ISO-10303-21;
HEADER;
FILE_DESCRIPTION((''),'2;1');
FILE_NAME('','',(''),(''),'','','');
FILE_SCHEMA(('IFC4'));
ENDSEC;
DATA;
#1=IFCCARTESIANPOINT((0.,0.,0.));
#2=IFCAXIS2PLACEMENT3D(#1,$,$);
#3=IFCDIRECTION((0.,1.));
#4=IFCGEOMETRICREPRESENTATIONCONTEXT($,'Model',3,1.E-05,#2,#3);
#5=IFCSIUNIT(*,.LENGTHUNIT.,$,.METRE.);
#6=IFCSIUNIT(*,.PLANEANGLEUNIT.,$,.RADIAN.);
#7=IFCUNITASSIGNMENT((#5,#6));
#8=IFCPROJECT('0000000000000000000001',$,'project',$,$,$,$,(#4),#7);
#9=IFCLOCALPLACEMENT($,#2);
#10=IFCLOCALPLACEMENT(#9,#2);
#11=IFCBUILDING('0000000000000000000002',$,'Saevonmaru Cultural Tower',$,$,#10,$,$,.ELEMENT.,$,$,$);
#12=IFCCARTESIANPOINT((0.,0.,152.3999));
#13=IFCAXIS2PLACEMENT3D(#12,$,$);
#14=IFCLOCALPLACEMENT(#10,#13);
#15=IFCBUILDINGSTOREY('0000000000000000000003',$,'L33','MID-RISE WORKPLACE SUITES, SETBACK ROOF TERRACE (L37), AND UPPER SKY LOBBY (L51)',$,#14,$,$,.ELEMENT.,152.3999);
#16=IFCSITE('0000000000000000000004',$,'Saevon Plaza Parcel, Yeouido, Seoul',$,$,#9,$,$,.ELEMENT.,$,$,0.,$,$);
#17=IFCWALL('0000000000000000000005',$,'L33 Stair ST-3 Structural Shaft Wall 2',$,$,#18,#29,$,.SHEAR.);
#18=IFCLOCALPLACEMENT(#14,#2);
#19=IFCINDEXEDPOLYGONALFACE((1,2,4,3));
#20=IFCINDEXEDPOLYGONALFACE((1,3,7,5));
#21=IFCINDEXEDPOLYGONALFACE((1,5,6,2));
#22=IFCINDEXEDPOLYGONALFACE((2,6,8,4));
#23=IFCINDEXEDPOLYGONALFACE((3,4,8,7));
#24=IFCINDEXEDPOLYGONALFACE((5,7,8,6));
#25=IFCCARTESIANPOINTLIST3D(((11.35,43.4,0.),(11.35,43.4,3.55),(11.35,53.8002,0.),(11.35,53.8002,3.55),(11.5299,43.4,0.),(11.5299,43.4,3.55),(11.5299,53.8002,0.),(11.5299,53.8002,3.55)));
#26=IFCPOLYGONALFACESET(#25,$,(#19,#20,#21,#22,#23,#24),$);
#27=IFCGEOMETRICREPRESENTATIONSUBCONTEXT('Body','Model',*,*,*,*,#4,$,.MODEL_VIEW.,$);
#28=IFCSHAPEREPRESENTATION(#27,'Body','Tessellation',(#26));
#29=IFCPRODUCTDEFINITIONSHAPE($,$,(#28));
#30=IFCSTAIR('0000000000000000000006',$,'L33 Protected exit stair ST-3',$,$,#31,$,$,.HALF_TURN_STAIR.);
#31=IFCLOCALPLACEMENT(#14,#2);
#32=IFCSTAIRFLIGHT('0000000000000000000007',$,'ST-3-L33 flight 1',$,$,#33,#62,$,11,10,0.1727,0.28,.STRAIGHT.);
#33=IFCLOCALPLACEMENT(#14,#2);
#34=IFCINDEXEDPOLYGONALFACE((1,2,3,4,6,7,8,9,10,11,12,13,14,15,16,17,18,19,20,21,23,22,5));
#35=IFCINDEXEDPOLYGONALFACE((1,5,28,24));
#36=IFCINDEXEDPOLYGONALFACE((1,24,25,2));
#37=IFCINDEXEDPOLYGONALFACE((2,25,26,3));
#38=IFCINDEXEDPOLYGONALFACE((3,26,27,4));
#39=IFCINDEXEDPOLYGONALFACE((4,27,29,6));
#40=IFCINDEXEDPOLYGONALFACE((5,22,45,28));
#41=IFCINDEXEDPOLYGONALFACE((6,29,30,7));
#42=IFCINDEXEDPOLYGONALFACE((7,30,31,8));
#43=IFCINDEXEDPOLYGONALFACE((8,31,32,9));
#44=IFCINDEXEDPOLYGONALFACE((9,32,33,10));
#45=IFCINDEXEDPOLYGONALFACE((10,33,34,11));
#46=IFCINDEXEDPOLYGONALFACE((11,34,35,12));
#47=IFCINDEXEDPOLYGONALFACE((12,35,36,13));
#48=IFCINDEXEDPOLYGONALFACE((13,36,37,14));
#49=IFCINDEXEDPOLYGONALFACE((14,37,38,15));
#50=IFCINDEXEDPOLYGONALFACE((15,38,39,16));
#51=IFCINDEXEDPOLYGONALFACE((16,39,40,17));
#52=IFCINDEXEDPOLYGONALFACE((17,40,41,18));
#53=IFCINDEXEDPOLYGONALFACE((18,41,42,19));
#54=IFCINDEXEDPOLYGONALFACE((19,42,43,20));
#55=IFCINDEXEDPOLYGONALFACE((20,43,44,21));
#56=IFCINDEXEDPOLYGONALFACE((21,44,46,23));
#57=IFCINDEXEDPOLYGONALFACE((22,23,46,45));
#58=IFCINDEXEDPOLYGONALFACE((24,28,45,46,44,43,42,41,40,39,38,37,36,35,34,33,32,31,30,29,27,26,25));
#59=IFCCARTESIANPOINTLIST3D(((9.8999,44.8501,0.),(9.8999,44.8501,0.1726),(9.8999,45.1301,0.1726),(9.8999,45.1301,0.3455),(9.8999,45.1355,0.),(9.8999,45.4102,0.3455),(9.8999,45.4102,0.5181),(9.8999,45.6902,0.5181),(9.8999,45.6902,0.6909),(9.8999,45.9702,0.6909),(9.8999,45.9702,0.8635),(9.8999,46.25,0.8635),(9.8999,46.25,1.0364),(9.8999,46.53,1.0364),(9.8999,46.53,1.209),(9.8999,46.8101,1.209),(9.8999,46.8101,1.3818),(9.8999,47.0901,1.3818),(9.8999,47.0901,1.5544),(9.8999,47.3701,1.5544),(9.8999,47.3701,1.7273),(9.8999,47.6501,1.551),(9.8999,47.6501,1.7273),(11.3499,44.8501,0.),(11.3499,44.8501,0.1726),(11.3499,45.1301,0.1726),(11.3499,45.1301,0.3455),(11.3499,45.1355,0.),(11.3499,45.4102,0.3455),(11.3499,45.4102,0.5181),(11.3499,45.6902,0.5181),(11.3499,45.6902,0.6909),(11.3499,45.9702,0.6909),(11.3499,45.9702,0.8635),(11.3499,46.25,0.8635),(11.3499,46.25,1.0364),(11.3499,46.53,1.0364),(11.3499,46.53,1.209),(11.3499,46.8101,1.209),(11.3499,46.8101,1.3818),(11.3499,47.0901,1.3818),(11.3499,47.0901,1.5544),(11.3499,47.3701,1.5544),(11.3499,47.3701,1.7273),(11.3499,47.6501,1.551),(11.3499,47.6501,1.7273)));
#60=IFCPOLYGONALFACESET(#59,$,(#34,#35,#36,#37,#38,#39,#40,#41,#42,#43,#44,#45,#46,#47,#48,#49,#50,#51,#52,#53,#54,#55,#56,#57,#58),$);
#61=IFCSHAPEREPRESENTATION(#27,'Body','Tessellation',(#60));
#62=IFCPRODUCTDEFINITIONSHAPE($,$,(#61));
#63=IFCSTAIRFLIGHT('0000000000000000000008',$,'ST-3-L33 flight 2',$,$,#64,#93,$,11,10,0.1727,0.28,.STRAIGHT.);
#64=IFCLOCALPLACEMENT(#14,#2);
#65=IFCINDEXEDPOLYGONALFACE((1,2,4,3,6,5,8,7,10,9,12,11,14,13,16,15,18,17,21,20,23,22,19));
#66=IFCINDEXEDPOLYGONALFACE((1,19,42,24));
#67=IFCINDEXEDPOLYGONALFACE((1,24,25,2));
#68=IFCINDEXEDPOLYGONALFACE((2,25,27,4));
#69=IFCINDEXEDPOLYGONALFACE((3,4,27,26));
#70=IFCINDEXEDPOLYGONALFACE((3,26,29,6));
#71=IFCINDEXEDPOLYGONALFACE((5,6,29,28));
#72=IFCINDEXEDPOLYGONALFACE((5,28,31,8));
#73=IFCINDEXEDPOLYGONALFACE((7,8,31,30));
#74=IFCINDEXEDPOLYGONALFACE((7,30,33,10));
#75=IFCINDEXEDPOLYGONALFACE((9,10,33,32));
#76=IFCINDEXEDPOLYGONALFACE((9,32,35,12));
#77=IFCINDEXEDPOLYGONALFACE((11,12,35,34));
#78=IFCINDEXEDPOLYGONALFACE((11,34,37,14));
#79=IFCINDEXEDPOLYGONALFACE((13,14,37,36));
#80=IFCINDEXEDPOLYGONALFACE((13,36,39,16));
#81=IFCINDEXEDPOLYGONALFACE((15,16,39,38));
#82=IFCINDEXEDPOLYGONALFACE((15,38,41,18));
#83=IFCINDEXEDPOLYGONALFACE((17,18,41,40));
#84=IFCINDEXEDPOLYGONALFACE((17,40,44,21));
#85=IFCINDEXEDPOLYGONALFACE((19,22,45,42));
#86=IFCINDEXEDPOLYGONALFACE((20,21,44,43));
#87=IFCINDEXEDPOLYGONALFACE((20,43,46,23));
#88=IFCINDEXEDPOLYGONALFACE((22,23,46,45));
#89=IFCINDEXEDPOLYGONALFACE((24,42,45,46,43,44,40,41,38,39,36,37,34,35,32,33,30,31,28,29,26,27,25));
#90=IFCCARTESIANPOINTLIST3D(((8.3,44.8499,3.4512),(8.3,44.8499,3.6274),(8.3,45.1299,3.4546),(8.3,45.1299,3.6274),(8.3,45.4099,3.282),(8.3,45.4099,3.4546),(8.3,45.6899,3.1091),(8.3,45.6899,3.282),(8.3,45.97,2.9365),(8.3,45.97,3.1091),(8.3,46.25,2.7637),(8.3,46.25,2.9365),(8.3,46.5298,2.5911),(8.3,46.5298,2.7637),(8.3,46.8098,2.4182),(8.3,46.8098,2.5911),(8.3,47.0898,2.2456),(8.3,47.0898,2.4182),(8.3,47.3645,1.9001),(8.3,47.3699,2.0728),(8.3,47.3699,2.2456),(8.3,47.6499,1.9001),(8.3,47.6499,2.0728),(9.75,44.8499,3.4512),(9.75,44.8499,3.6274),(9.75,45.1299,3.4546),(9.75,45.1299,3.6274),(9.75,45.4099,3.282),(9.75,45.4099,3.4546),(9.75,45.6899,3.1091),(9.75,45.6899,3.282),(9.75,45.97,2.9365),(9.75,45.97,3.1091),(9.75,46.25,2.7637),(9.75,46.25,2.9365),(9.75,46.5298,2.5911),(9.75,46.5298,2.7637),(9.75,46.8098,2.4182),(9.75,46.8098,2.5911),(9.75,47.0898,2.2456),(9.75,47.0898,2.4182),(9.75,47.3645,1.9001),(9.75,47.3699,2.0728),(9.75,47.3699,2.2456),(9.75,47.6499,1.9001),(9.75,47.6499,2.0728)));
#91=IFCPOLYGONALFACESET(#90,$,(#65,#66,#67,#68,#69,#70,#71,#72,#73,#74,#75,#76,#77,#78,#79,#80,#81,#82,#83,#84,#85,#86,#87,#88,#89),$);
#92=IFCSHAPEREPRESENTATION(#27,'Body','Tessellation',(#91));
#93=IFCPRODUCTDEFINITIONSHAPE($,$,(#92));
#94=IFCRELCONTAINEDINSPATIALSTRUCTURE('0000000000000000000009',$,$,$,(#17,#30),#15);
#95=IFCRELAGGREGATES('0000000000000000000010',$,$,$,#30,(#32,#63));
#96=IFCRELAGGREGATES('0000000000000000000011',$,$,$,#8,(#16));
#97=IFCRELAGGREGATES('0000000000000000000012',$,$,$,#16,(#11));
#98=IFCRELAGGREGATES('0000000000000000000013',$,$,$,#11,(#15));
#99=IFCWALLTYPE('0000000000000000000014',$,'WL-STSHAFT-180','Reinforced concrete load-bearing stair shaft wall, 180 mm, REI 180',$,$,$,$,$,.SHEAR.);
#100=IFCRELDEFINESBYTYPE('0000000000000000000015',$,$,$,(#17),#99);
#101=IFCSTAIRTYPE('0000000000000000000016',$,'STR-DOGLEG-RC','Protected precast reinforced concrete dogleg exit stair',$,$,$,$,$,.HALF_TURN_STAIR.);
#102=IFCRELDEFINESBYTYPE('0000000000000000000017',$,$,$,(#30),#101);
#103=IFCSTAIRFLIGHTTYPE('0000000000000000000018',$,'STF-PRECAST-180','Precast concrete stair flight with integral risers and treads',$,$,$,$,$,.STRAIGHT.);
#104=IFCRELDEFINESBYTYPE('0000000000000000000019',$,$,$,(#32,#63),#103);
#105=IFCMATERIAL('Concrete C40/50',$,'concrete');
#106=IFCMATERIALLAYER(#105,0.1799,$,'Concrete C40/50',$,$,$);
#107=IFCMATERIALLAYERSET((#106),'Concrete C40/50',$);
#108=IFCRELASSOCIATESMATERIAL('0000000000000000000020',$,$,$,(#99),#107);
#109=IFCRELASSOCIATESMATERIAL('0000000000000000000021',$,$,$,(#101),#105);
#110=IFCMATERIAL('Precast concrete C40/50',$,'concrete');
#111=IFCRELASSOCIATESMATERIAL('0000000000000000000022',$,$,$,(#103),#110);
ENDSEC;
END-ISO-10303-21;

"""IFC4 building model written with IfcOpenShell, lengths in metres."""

from ifc_helpers import new_model, si_unit, direction, frame, frame_2d, origin, place, context, subcontext, project, spatial, polyline, rectangle, outline, extrude, material, layer, layer_set, type_object, element, aggregate, save


model = new_model("IFC4")

# Units and contexts
model_context = context("Model", 3, precision=1e-05, world=origin(), true_north=direction((0.0, 1.0)))
body_context = subcontext(model_context, "Body", "Model", "MODEL_VIEW")
ifc_project = project(units=[si_unit("LENGTHUNIT", "METRE"), si_unit("PLANEANGLEUNIT", "RADIAN")], contexts=[model_context])

# Site, building, storey
site_placement = place(None, origin())
site = spatial("IfcSite", under=ifc_project, at=site_placement, Name="Saevon Plaza Parcel, Yeouido, Seoul", CompositionType="ELEMENT", RefElevation=0.0)
building_placement = place(site_placement, origin())
building = spatial("IfcBuilding", under=site, at=building_placement, Name="Saevonmaru Cultural Tower", CompositionType="ELEMENT")
storey_placement = place(building_placement, frame((0.0, 0.0, 152.3999)))
storey = spatial("IfcBuildingStorey", under=building, at=storey_placement, Name="L33", Description="MID-RISE WORKPLACE SUITES, SETBACK ROOF TERRACE (L37), AND UPPER SKY LOBBY (L51)", CompositionType="ELEMENT", Elevation=152.3999)

# Shared definitions
ifc_material_1 = material(Name="Concrete C40/50", Category="concrete")
ifc_layer_1 = layer(ifc_material_1, 0.1799, Name="Concrete C40/50")
ifc_layer_set_1 = layer_set([ifc_layer_1], Name="Concrete C40/50")
wall_type_1 = type_object("IfcWallType", Name="WL-STSHAFT-180", Description="Reinforced concrete load-bearing stair shaft wall, 180 mm, REI 180", PredefinedType="SHEAR", material=ifc_layer_set_1)

# Wall
wall_1_placement = place(storey_placement, frame((11.4399, 43.3999, 0.0), z_axis=(0.0, 0.0, 1.0), x_axis=(0.0, 1.0, 0.0)))
element("IfcWall", 1, at=wall_1_placement, inside=storey, type_object=wall_type_1, Name="L33 Stair ST-3 Structural Shaft Wall 2", PredefinedType="SHEAR", context=body_context, shape_type="SweptSolid", body=[
    extrude(rectangle(XDim=10.4001, YDim=0.1799, at=frame_2d((5.2002, 0.0))), origin(), (0.0, 0.0, 1.0), 3.55),
])

# Stair, stair flights
stair_type = type_object("IfcStairType", Name="STR-DOGLEG-RC", Description="Protected precast reinforced concrete dogleg exit stair", PredefinedType="HALF_TURN_STAIR", material=ifc_material_1)
stair_placement = place(storey_placement, origin())
stair = element("IfcStair", 2, at=stair_placement, inside=storey, type_object=stair_type, Name="L33 Protected exit stair ST-3", PredefinedType="HALF_TURN_STAIR")
ifc_material_2 = material(Name="Precast concrete C40/50", Category="concrete")
stair_flight_type = type_object("IfcStairFlightType", Name="STF-PRECAST-180", Description="Precast concrete stair flight with integral risers and treads", PredefinedType="STRAIGHT", material=ifc_material_2)
stair_flight_1_placement = place(storey_placement, frame((10.625, 44.8501, 0.0), z_axis=(0.0, 0.0, 1.0), x_axis=(0.0, 1.0, 0.0)))
stair_flight_1 = element("IfcStairFlight", 3, at=stair_flight_1_placement, type_object=stair_flight_type, Name="ST-3-L33 flight 1", NumberOfRisers=11, NumberOfTreads=10, PredefinedType="STRAIGHT", RiserHeight=0.1727, TreadLength=0.28, context=body_context, shape_type="SweptSolid", body=[
    extrude(outline(polyline([(0.0, 0.0), (0.0, 0.1726), (0.28, 0.1726), (0.28, 0.3455), (0.5601, 0.3455), (0.5601, 0.5181), (0.8401, 0.5181), (0.8401, 0.6909), (1.1201, 0.6909), (1.1201, 0.8635), (1.3999, 0.8635), (1.3999, 1.0364), (1.6799, 1.0364), (1.6799, 1.209), (1.96, 1.209), (1.96, 1.3818), (2.24, 1.3818), (2.24, 1.5544), (2.52, 1.5544), (2.52, 1.7273), (2.8, 1.7273), (2.8, 1.8999), (2.8, 1.551), (0.2854, 0.0), (0.0, 0.0)])), frame((0.0, 0.7251, 0.0), z_axis=(0.0, -1.0, 0.0), x_axis=(1.0, 0.0, 0.0)), (0.0, 0.0, 1.0), 1.45),
])
stair_flight_2_placement = place(storey_placement, frame((9.0249, 47.6499, 1.9001), z_axis=(0.0, 0.0, 1.0), x_axis=(0.0, -1.0, 0.0)))
stair_flight_2 = element("IfcStairFlight", 4, at=stair_flight_2_placement, type_object=stair_flight_type, Name="ST-3-L33 flight 2", NumberOfRisers=11, NumberOfTreads=10, PredefinedType="STRAIGHT", RiserHeight=0.1727, TreadLength=0.28, context=body_context, shape_type="SweptSolid", body=[
    extrude(outline(polyline([(0.0, 0.0), (0.0, 0.1726), (0.28, 0.1726), (0.28, 0.3455), (0.5601, 0.3455), (0.5601, 0.5181), (0.8401, 0.5181), (0.8401, 0.6909), (1.1201, 0.6909), (1.1201, 0.8635), (1.3999, 0.8635), (1.3999, 1.0364), (1.6799, 1.0364), (1.6799, 1.209), (1.96, 1.209), (1.96, 1.3818), (2.24, 1.3818), (2.24, 1.5544), (2.52, 1.5544), (2.52, 1.7273), (2.8, 1.7273), (2.8, 1.8999), (2.8, 1.551), (0.2854, 0.0), (0.0, 0.0)])), frame((0.0, 0.7251, 0.0), z_axis=(0.0, -1.0, 0.0), x_axis=(1.0, 0.0, 0.0)), (0.0, 0.0, 1.0), 1.45),
])
aggregate(stair, [stair_flight_1, stair_flight_2])

save(model, "model.ifc")
